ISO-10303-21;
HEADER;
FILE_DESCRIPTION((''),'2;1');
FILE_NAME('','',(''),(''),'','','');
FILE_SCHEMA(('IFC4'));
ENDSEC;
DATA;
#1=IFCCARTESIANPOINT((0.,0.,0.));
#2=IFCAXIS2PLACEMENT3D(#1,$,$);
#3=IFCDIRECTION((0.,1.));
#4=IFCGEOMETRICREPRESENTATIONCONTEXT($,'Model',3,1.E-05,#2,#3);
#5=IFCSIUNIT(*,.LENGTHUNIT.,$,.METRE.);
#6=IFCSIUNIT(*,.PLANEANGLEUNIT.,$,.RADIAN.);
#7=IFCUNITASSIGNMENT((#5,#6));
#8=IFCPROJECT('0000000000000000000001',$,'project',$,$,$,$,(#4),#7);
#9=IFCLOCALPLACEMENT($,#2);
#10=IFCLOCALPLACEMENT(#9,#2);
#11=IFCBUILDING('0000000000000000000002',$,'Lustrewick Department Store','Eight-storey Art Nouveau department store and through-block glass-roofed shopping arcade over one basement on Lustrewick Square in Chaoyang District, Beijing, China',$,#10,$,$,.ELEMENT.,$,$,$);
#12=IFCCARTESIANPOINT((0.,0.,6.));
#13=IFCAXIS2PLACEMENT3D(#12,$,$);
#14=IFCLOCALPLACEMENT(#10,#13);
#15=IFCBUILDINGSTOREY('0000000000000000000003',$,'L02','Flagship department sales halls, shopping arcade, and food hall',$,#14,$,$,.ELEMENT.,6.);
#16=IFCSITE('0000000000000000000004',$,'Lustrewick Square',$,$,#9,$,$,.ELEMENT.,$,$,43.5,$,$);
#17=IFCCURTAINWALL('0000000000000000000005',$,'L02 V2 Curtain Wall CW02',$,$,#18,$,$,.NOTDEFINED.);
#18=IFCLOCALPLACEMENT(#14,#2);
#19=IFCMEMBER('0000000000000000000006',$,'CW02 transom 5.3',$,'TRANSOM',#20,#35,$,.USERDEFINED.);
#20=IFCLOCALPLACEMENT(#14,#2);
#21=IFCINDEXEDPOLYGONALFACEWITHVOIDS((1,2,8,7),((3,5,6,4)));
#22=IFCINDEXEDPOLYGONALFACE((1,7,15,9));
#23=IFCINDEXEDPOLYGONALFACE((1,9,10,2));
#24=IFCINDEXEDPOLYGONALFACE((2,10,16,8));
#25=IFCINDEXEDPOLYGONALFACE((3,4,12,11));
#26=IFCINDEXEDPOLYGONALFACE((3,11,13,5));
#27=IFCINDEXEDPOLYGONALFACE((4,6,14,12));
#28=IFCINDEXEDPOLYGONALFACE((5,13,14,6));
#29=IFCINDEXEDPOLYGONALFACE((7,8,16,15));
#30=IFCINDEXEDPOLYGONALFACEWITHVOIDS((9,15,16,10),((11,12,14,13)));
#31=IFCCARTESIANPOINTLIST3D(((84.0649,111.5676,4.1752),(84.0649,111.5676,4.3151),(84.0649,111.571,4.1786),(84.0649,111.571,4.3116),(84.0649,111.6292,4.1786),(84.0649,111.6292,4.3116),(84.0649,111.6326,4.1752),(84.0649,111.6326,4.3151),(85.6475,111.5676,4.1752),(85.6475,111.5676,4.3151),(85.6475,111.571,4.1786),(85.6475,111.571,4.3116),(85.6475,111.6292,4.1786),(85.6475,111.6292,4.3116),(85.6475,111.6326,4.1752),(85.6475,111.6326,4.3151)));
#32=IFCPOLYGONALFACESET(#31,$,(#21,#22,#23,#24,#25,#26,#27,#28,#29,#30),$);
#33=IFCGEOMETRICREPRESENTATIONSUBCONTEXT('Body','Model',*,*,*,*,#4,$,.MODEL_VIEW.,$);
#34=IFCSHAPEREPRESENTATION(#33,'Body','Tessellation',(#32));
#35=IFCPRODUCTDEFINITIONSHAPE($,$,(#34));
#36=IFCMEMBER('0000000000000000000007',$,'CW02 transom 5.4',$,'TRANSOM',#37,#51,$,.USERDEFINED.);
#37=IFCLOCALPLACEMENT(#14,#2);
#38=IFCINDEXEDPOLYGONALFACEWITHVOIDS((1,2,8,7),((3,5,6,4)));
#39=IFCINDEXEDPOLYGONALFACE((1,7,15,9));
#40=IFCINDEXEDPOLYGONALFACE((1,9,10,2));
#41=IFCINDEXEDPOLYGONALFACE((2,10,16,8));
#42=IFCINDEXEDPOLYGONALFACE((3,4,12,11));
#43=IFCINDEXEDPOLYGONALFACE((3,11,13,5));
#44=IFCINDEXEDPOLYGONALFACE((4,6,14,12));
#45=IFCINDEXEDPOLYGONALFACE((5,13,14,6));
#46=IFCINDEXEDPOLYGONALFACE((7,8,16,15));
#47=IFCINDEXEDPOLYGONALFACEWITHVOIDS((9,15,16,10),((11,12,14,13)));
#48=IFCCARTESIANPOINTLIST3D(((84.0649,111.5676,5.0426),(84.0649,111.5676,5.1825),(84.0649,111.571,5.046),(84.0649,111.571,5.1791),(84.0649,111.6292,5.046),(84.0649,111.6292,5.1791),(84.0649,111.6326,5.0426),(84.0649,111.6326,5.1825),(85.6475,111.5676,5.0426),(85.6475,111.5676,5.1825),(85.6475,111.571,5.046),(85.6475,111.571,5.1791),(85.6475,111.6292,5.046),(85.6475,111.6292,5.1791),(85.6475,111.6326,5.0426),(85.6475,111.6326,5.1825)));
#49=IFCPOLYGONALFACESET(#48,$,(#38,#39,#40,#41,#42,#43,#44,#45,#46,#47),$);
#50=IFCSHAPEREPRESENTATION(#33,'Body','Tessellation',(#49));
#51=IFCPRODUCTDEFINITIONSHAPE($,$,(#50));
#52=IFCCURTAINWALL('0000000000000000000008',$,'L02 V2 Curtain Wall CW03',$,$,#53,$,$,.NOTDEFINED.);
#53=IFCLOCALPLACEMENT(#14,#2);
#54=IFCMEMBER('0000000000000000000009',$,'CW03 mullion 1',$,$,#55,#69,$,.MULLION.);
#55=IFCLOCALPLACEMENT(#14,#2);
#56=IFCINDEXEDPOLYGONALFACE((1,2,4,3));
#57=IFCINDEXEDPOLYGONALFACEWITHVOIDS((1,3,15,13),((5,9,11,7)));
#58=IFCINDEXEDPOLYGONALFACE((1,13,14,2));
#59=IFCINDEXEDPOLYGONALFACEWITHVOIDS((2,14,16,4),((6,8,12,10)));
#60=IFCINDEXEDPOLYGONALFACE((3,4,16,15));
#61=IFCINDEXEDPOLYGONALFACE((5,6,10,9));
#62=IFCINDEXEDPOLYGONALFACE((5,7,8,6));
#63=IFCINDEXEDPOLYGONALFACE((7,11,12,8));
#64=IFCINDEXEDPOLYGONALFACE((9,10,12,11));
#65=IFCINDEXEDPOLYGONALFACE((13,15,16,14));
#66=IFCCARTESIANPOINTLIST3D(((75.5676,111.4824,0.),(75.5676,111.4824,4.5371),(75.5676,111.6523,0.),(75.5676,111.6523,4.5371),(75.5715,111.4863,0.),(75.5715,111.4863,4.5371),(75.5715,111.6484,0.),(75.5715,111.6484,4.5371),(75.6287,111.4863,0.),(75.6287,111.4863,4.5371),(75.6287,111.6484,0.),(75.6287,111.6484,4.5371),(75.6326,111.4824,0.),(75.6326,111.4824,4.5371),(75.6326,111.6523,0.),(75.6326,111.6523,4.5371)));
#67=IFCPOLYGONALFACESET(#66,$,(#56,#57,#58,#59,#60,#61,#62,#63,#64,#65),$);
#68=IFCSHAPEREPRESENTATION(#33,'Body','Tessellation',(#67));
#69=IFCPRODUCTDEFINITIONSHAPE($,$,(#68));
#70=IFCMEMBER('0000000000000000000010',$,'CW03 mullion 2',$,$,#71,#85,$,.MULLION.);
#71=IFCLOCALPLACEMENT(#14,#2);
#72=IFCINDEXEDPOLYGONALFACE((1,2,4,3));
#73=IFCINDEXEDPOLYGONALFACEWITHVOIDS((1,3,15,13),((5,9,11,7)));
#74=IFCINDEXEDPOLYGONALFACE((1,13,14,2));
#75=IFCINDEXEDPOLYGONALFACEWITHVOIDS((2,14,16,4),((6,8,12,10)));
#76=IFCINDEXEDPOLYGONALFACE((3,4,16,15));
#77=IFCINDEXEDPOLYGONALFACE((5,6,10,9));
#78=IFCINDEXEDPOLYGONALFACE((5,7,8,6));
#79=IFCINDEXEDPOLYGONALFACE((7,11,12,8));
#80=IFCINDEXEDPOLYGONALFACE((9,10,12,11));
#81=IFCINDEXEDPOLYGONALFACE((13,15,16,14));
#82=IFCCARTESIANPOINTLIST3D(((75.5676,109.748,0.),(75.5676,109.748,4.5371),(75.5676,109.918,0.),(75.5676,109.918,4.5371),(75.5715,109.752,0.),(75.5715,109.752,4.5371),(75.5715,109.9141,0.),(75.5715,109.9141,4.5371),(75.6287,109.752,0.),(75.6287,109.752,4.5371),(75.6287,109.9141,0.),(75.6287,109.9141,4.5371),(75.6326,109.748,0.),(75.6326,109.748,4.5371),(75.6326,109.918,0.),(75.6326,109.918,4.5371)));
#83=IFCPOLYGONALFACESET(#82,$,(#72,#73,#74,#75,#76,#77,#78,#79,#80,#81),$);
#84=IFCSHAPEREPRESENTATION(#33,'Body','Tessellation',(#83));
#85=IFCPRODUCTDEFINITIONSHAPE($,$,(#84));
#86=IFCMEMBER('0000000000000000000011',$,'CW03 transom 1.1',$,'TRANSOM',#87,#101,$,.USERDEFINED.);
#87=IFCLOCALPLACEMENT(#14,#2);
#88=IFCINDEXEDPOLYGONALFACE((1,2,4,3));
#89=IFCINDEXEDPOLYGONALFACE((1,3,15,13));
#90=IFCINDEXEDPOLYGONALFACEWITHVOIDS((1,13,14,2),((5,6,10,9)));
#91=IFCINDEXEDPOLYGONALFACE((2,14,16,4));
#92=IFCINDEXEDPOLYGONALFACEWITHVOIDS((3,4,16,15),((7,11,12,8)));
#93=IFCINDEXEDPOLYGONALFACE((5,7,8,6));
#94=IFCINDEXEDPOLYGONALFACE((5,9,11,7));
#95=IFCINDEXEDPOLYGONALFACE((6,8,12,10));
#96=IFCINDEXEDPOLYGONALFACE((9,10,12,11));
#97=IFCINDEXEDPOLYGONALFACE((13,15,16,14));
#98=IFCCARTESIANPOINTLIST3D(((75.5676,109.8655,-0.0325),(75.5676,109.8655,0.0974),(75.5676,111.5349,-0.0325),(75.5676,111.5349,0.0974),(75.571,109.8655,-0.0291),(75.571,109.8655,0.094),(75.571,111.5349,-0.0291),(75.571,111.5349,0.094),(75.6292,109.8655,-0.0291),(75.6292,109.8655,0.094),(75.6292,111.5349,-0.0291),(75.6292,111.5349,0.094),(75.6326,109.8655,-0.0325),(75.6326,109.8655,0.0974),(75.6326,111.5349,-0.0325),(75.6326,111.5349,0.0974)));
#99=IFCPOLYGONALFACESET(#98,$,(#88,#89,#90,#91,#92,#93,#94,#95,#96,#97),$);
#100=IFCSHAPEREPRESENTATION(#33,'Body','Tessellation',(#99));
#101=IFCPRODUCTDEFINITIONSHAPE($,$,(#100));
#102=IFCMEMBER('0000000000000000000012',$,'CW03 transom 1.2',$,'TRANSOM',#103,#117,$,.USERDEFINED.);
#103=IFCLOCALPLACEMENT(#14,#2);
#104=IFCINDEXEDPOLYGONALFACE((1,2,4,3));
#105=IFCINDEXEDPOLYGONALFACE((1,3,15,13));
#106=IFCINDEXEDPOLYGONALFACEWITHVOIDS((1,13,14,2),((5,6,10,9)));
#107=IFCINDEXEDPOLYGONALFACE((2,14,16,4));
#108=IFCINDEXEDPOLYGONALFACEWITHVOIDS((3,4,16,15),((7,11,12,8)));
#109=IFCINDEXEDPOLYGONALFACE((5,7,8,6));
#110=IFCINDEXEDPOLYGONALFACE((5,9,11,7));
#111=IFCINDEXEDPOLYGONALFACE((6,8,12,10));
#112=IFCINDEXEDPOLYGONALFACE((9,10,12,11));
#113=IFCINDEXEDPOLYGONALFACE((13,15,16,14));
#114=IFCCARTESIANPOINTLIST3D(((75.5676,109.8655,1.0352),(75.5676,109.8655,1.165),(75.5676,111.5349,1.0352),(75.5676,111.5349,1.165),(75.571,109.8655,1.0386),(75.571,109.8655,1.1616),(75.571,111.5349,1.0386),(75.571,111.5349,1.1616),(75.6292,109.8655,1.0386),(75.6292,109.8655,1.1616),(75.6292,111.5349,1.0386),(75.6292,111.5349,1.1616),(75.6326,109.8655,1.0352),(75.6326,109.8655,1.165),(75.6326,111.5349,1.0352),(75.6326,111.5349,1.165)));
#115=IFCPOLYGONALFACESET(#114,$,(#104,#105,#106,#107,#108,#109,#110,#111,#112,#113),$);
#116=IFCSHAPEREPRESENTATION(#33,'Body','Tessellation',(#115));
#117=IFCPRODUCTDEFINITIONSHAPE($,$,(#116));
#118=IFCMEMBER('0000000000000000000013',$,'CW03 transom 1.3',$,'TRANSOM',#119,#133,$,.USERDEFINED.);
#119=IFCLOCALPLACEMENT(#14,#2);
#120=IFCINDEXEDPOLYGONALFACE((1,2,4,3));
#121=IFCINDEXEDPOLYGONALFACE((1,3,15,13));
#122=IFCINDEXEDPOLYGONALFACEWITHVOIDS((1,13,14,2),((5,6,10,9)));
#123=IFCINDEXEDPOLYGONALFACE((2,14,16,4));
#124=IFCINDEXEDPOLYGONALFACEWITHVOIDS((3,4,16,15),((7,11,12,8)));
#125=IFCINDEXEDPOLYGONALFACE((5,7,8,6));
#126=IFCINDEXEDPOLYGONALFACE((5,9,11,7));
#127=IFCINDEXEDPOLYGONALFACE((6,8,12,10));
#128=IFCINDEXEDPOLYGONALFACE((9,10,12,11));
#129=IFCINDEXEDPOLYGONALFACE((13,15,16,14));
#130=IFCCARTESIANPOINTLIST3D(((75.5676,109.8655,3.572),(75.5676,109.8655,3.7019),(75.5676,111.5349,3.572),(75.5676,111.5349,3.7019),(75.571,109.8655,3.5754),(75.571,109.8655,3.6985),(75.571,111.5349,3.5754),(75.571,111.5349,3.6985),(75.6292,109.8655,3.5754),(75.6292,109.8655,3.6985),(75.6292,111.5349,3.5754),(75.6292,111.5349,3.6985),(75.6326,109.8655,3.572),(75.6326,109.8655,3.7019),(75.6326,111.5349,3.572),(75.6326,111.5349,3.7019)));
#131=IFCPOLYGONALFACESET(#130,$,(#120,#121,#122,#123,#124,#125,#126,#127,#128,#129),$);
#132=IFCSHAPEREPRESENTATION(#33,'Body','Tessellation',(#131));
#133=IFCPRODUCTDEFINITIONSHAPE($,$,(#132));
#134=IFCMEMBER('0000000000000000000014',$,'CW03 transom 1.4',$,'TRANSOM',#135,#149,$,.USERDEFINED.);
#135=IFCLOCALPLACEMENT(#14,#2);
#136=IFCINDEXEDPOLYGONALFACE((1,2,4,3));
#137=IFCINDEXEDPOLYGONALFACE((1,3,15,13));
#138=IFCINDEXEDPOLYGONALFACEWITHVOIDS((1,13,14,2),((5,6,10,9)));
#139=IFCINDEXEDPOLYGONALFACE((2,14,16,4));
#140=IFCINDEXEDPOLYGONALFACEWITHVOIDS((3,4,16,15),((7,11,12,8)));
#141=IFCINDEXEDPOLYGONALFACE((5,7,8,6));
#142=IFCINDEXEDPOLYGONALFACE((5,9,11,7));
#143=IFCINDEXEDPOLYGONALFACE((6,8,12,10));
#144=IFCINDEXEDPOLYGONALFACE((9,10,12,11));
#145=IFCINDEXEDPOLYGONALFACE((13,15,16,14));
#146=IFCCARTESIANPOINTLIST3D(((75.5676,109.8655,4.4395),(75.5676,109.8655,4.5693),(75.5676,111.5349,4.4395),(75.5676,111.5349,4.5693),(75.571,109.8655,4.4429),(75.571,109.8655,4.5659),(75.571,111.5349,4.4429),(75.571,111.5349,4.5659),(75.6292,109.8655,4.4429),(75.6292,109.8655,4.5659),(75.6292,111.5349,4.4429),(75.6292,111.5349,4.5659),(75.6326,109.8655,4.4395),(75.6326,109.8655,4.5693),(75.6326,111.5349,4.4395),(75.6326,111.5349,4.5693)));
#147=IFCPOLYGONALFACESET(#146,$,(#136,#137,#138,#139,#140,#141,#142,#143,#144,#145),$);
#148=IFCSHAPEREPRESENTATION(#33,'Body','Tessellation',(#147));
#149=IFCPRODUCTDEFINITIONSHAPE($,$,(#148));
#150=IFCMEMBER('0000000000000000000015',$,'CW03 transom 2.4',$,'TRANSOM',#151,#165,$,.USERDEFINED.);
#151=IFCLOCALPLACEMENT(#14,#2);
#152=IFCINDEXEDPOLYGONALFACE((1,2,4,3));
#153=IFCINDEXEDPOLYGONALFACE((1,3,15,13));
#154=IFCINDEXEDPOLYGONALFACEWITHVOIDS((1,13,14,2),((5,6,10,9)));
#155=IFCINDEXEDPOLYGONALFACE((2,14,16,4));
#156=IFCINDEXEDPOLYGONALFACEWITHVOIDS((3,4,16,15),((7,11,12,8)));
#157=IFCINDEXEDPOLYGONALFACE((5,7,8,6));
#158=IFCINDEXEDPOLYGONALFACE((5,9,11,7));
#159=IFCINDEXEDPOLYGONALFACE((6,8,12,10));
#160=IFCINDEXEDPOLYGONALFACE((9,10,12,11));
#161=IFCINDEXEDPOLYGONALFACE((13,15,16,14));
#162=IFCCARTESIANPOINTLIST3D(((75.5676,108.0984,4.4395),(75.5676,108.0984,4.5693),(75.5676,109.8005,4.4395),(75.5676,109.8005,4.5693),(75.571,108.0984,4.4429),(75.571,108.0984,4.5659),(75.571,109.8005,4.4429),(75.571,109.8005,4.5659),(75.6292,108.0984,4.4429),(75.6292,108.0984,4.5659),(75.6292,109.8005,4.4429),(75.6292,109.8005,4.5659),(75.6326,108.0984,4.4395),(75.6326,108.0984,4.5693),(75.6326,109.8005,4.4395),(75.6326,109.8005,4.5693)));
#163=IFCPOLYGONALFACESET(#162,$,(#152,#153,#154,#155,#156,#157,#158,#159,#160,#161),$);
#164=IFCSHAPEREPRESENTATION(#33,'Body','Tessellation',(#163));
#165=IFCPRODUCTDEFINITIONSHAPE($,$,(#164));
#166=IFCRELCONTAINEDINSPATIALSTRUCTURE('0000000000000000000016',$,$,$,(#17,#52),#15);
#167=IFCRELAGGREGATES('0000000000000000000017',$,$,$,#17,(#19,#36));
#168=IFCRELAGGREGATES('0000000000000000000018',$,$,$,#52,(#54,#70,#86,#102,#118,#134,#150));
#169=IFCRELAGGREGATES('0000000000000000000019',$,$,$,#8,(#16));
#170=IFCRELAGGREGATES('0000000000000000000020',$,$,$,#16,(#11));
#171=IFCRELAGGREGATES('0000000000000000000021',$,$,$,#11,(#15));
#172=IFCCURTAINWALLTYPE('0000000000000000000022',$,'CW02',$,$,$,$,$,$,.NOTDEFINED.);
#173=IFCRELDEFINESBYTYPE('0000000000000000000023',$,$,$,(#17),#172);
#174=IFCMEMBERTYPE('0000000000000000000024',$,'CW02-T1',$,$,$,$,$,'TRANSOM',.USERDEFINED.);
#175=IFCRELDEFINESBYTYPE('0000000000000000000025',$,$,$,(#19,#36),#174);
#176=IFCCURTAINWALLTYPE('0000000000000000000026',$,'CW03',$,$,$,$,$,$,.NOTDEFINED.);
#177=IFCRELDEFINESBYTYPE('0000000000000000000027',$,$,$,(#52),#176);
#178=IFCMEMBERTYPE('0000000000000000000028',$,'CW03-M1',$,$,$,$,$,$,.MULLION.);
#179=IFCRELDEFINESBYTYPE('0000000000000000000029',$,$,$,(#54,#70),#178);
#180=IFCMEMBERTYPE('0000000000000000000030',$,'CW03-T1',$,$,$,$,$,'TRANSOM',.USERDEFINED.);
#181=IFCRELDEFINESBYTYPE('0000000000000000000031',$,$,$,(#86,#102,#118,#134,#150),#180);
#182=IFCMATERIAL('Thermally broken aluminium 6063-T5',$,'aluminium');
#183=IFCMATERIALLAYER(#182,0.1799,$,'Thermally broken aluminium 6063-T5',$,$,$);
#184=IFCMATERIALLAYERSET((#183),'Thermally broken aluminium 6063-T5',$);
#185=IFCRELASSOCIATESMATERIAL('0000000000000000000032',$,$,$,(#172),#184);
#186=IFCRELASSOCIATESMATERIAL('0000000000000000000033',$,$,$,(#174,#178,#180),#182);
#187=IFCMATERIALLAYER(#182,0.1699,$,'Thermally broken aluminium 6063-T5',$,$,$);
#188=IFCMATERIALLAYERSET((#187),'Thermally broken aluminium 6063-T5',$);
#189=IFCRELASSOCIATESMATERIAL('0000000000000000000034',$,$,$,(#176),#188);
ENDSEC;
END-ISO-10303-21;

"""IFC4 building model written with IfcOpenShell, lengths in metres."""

from ifc_helpers import new_model, si_unit, direction, frame, origin, origin_2d, place, context, subcontext, project, spatial, hollow_rectangle, extrude, material, layer, layer_set, material_profile, profile_set, type_object, element, aggregate, save


model = new_model("IFC4")

# Units and contexts
model_context = context("Model", 3, precision=1e-05, world=origin(), true_north=direction((0.0, 1.0)))
body_context = subcontext(model_context, "Body", "Model", "MODEL_VIEW")
ifc_project = project(units=[si_unit("LENGTHUNIT", "METRE"), si_unit("PLANEANGLEUNIT", "RADIAN")], contexts=[model_context])

# Site, building, storey
site_placement = place(None, origin())
site = spatial("IfcSite", under=ifc_project, at=site_placement, Name="Lustrewick Square", CompositionType="ELEMENT", RefElevation=43.5)
building_placement = place(site_placement, origin())
building = spatial("IfcBuilding", under=site, at=building_placement, Name="Lustrewick Department Store", Description="Eight-storey Art Nouveau department store and through-block glass-roofed shopping arcade over one basement on Lustrewick Square in Chaoyang District, Beijing, China", CompositionType="ELEMENT")
storey_placement = place(building_placement, frame((0.0, 0.0, 6.0)))
storey = spatial("IfcBuildingStorey", under=building, at=storey_placement, Name="L02", Description="Flagship department sales halls, shopping arcade, and food hall", CompositionType="ELEMENT", Elevation=6.0)

# Curtain walls, members
ifc_material_1 = material(Name="Thermally broken aluminium 6063-T5", Category="aluminium")
ifc_layer_1 = layer(ifc_material_1, 0.1799, Name="Thermally broken aluminium 6063-T5")
ifc_layer_set_1 = layer_set([ifc_layer_1], Name="Thermally broken aluminium 6063-T5")
curtain_wall_type_1 = type_object("IfcCurtainWallType", Name="CW02", PredefinedType="NOTDEFINED", material=ifc_layer_set_1)
curtain_wall_1_placement = place(storey_placement, origin())
curtain_wall_1 = element("IfcCurtainWall", 1, at=curtain_wall_1_placement, inside=storey, type_object=curtain_wall_type_1, Name="L02 V2 Curtain Wall CW02", PredefinedType="NOTDEFINED")
ifc_material_profile_1 = material_profile(ifc_material_1, hollow_rectangle(XDim=0.0649, YDim=0.1399, WallThickness=0.0034, at=origin_2d()), Name="ALU-T 65x140x3.5")
ifc_profile_set_1 = profile_set([ifc_material_profile_1], Name="Thermally broken aluminium 6063-T5")
member_type_1 = type_object("IfcMemberType", Name="CW02-T1", ElementType="TRANSOM", PredefinedType="USERDEFINED", material=ifc_profile_set_1)
member_1_placement = place(storey_placement, frame((85.6475, 111.6001, 4.2451), z_axis=(-1.0, 0.0, 0.0), x_axis=(0.0, -1.0, 0.0)))
member_1 = element("IfcMember", 2, at=member_1_placement, type_object=member_type_1, Name="CW02 transom 5.3", ObjectType="TRANSOM", PredefinedType="USERDEFINED", context=body_context, shape_type="SweptSolid", body=[
    extrude(hollow_rectangle(XDim=0.0649, YDim=0.1399, WallThickness=0.0034, at=origin_2d()), origin(), (0.0, 0.0, 1.0), 1.5825),
])
member_2_placement = place(storey_placement, frame((85.6475, 111.6001, 5.1125), z_axis=(-1.0, 0.0, 0.0), x_axis=(0.0, -1.0, 0.0)))
member_2 = element("IfcMember", 3, at=member_2_placement, type_object=member_type_1, Name="CW02 transom 5.4", ObjectType="TRANSOM", PredefinedType="USERDEFINED", context=body_context, shape_type="SweptSolid", body=[
    extrude(hollow_rectangle(XDim=0.0649, YDim=0.1399, WallThickness=0.0034, at=origin_2d()), origin(), (0.0, 0.0, 1.0), 1.5825),
])
ifc_layer_2 = layer(ifc_material_1, 0.1699, Name="Thermally broken aluminium 6063-T5")
ifc_layer_set_2 = layer_set([ifc_layer_2], Name="Thermally broken aluminium 6063-T5")
curtain_wall_type_2 = type_object("IfcCurtainWallType", Name="CW03", PredefinedType="NOTDEFINED", material=ifc_layer_set_2)
curtain_wall_2_placement = place(storey_placement, origin())
curtain_wall_2 = element("IfcCurtainWall", 4, at=curtain_wall_2_placement, inside=storey, type_object=curtain_wall_type_2, Name="L02 V2 Curtain Wall CW03", PredefinedType="NOTDEFINED")
ifc_material_profile_2 = material_profile(ifc_material_1, hollow_rectangle(XDim=0.0649, YDim=0.1699, WallThickness=0.0039, at=origin_2d()), Name="ALU-M 65x170x4")
ifc_profile_set_2 = profile_set([ifc_material_profile_2], Name="Thermally broken aluminium 6063-T5")
member_type_2 = type_object("IfcMemberType", Name="CW03-M1", PredefinedType="MULLION", material=ifc_profile_set_2)
member_3_placement = place(storey_placement, frame((75.6001, 111.5674, 0.0), z_axis=(0.0, 0.0, 1.0), x_axis=(1.0, 0.0, 0.0)))
member_3 = element("IfcMember", 5, at=member_3_placement, type_object=member_type_2, Name="CW03 mullion 1", PredefinedType="MULLION", context=body_context, shape_type="SweptSolid", body=[
    extrude(hollow_rectangle(XDim=0.0649, YDim=0.1699, WallThickness=0.0039, at=origin_2d()), origin(), (0.0, 0.0, 1.0), 4.5371),
])
member_4_placement = place(storey_placement, frame((75.6001, 109.833, 0.0), z_axis=(0.0, 0.0, 1.0), x_axis=(1.0, 0.0, 0.0)))
member_4 = element("IfcMember", 6, at=member_4_placement, type_object=member_type_2, Name="CW03 mullion 2", PredefinedType="MULLION", context=body_context, shape_type="SweptSolid", body=[
    extrude(hollow_rectangle(XDim=0.0649, YDim=0.1699, WallThickness=0.0039, at=origin_2d()), origin(), (0.0, 0.0, 1.0), 4.5371),
])
ifc_material_profile_3 = material_profile(ifc_material_1, hollow_rectangle(XDim=0.0649, YDim=0.1299, WallThickness=0.0034, at=origin_2d()), Name="ALU-T 65x130x3.5")
ifc_profile_set_3 = profile_set([ifc_material_profile_3], Name="Thermally broken aluminium 6063-T5")
member_type_3 = type_object("IfcMemberType", Name="CW03-T1", ElementType="TRANSOM", PredefinedType="USERDEFINED", material=ifc_profile_set_3)
member_5_placement = place(storey_placement, frame((75.6001, 111.5349, 0.0325), z_axis=(0.0, -1.0, 0.0), x_axis=(1.0, 0.0, 0.0)))
member_5 = element("IfcMember", 7, at=member_5_placement, type_object=member_type_3, Name="CW03 transom 1.1", ObjectType="TRANSOM", PredefinedType="USERDEFINED", context=body_context, shape_type="SweptSolid", body=[
    extrude(hollow_rectangle(XDim=0.0649, YDim=0.1299, WallThickness=0.0034, at=origin_2d()), origin(), (0.0, 0.0, 1.0), 1.6694),
])
member_6_placement = place(storey_placement, frame((75.6001, 111.5349, 1.1001), z_axis=(0.0, -1.0, 0.0), x_axis=(1.0, 0.0, 0.0)))
member_6 = element("IfcMember", 8, at=member_6_placement, type_object=member_type_3, Name="CW03 transom 1.2", ObjectType="TRANSOM", PredefinedType="USERDEFINED", context=body_context, shape_type="SweptSolid", body=[
    extrude(hollow_rectangle(XDim=0.0649, YDim=0.1299, WallThickness=0.0034, at=origin_2d()), origin(), (0.0, 0.0, 1.0), 1.6694),
])
member_7_placement = place(storey_placement, frame((75.6001, 111.5349, 3.637), z_axis=(0.0, -1.0, 0.0), x_axis=(1.0, 0.0, 0.0)))
member_7 = element("IfcMember", 9, at=member_7_placement, type_object=member_type_3, Name="CW03 transom 1.3", ObjectType="TRANSOM", PredefinedType="USERDEFINED", context=body_context, shape_type="SweptSolid", body=[
    extrude(hollow_rectangle(XDim=0.0649, YDim=0.1299, WallThickness=0.0034, at=origin_2d()), origin(), (0.0, 0.0, 1.0), 1.6694),
])
member_8_placement = place(storey_placement, frame((75.6001, 111.5349, 4.5044), z_axis=(0.0, -1.0, 0.0), x_axis=(1.0, 0.0, 0.0)))
member_8 = element("IfcMember", 10, at=member_8_placement, type_object=member_type_3, Name="CW03 transom 1.4", ObjectType="TRANSOM", PredefinedType="USERDEFINED", context=body_context, shape_type="SweptSolid", body=[
    extrude(hollow_rectangle(XDim=0.0649, YDim=0.1299, WallThickness=0.0034, at=origin_2d()), origin(), (0.0, 0.0, 1.0), 1.6694),
])
member_9_placement = place(storey_placement, frame((75.6001, 109.8005, 4.5044), z_axis=(0.0, -1.0, 0.0), x_axis=(1.0, 0.0, 0.0)))
member_9 = element("IfcMember", 11, at=member_9_placement, type_object=member_type_3, Name="CW03 transom 2.4", ObjectType="TRANSOM", PredefinedType="USERDEFINED", context=body_context, shape_type="SweptSolid", body=[
    extrude(hollow_rectangle(XDim=0.0649, YDim=0.1299, WallThickness=0.0034, at=origin_2d()), origin(), (0.0, 0.0, 1.0), 1.7021),
])

aggregate(curtain_wall_1, [member_1, member_2])
aggregate(curtain_wall_2, [member_3, member_4, member_5, member_6, member_7, member_8, member_9])

save(model, "model.ifc")
